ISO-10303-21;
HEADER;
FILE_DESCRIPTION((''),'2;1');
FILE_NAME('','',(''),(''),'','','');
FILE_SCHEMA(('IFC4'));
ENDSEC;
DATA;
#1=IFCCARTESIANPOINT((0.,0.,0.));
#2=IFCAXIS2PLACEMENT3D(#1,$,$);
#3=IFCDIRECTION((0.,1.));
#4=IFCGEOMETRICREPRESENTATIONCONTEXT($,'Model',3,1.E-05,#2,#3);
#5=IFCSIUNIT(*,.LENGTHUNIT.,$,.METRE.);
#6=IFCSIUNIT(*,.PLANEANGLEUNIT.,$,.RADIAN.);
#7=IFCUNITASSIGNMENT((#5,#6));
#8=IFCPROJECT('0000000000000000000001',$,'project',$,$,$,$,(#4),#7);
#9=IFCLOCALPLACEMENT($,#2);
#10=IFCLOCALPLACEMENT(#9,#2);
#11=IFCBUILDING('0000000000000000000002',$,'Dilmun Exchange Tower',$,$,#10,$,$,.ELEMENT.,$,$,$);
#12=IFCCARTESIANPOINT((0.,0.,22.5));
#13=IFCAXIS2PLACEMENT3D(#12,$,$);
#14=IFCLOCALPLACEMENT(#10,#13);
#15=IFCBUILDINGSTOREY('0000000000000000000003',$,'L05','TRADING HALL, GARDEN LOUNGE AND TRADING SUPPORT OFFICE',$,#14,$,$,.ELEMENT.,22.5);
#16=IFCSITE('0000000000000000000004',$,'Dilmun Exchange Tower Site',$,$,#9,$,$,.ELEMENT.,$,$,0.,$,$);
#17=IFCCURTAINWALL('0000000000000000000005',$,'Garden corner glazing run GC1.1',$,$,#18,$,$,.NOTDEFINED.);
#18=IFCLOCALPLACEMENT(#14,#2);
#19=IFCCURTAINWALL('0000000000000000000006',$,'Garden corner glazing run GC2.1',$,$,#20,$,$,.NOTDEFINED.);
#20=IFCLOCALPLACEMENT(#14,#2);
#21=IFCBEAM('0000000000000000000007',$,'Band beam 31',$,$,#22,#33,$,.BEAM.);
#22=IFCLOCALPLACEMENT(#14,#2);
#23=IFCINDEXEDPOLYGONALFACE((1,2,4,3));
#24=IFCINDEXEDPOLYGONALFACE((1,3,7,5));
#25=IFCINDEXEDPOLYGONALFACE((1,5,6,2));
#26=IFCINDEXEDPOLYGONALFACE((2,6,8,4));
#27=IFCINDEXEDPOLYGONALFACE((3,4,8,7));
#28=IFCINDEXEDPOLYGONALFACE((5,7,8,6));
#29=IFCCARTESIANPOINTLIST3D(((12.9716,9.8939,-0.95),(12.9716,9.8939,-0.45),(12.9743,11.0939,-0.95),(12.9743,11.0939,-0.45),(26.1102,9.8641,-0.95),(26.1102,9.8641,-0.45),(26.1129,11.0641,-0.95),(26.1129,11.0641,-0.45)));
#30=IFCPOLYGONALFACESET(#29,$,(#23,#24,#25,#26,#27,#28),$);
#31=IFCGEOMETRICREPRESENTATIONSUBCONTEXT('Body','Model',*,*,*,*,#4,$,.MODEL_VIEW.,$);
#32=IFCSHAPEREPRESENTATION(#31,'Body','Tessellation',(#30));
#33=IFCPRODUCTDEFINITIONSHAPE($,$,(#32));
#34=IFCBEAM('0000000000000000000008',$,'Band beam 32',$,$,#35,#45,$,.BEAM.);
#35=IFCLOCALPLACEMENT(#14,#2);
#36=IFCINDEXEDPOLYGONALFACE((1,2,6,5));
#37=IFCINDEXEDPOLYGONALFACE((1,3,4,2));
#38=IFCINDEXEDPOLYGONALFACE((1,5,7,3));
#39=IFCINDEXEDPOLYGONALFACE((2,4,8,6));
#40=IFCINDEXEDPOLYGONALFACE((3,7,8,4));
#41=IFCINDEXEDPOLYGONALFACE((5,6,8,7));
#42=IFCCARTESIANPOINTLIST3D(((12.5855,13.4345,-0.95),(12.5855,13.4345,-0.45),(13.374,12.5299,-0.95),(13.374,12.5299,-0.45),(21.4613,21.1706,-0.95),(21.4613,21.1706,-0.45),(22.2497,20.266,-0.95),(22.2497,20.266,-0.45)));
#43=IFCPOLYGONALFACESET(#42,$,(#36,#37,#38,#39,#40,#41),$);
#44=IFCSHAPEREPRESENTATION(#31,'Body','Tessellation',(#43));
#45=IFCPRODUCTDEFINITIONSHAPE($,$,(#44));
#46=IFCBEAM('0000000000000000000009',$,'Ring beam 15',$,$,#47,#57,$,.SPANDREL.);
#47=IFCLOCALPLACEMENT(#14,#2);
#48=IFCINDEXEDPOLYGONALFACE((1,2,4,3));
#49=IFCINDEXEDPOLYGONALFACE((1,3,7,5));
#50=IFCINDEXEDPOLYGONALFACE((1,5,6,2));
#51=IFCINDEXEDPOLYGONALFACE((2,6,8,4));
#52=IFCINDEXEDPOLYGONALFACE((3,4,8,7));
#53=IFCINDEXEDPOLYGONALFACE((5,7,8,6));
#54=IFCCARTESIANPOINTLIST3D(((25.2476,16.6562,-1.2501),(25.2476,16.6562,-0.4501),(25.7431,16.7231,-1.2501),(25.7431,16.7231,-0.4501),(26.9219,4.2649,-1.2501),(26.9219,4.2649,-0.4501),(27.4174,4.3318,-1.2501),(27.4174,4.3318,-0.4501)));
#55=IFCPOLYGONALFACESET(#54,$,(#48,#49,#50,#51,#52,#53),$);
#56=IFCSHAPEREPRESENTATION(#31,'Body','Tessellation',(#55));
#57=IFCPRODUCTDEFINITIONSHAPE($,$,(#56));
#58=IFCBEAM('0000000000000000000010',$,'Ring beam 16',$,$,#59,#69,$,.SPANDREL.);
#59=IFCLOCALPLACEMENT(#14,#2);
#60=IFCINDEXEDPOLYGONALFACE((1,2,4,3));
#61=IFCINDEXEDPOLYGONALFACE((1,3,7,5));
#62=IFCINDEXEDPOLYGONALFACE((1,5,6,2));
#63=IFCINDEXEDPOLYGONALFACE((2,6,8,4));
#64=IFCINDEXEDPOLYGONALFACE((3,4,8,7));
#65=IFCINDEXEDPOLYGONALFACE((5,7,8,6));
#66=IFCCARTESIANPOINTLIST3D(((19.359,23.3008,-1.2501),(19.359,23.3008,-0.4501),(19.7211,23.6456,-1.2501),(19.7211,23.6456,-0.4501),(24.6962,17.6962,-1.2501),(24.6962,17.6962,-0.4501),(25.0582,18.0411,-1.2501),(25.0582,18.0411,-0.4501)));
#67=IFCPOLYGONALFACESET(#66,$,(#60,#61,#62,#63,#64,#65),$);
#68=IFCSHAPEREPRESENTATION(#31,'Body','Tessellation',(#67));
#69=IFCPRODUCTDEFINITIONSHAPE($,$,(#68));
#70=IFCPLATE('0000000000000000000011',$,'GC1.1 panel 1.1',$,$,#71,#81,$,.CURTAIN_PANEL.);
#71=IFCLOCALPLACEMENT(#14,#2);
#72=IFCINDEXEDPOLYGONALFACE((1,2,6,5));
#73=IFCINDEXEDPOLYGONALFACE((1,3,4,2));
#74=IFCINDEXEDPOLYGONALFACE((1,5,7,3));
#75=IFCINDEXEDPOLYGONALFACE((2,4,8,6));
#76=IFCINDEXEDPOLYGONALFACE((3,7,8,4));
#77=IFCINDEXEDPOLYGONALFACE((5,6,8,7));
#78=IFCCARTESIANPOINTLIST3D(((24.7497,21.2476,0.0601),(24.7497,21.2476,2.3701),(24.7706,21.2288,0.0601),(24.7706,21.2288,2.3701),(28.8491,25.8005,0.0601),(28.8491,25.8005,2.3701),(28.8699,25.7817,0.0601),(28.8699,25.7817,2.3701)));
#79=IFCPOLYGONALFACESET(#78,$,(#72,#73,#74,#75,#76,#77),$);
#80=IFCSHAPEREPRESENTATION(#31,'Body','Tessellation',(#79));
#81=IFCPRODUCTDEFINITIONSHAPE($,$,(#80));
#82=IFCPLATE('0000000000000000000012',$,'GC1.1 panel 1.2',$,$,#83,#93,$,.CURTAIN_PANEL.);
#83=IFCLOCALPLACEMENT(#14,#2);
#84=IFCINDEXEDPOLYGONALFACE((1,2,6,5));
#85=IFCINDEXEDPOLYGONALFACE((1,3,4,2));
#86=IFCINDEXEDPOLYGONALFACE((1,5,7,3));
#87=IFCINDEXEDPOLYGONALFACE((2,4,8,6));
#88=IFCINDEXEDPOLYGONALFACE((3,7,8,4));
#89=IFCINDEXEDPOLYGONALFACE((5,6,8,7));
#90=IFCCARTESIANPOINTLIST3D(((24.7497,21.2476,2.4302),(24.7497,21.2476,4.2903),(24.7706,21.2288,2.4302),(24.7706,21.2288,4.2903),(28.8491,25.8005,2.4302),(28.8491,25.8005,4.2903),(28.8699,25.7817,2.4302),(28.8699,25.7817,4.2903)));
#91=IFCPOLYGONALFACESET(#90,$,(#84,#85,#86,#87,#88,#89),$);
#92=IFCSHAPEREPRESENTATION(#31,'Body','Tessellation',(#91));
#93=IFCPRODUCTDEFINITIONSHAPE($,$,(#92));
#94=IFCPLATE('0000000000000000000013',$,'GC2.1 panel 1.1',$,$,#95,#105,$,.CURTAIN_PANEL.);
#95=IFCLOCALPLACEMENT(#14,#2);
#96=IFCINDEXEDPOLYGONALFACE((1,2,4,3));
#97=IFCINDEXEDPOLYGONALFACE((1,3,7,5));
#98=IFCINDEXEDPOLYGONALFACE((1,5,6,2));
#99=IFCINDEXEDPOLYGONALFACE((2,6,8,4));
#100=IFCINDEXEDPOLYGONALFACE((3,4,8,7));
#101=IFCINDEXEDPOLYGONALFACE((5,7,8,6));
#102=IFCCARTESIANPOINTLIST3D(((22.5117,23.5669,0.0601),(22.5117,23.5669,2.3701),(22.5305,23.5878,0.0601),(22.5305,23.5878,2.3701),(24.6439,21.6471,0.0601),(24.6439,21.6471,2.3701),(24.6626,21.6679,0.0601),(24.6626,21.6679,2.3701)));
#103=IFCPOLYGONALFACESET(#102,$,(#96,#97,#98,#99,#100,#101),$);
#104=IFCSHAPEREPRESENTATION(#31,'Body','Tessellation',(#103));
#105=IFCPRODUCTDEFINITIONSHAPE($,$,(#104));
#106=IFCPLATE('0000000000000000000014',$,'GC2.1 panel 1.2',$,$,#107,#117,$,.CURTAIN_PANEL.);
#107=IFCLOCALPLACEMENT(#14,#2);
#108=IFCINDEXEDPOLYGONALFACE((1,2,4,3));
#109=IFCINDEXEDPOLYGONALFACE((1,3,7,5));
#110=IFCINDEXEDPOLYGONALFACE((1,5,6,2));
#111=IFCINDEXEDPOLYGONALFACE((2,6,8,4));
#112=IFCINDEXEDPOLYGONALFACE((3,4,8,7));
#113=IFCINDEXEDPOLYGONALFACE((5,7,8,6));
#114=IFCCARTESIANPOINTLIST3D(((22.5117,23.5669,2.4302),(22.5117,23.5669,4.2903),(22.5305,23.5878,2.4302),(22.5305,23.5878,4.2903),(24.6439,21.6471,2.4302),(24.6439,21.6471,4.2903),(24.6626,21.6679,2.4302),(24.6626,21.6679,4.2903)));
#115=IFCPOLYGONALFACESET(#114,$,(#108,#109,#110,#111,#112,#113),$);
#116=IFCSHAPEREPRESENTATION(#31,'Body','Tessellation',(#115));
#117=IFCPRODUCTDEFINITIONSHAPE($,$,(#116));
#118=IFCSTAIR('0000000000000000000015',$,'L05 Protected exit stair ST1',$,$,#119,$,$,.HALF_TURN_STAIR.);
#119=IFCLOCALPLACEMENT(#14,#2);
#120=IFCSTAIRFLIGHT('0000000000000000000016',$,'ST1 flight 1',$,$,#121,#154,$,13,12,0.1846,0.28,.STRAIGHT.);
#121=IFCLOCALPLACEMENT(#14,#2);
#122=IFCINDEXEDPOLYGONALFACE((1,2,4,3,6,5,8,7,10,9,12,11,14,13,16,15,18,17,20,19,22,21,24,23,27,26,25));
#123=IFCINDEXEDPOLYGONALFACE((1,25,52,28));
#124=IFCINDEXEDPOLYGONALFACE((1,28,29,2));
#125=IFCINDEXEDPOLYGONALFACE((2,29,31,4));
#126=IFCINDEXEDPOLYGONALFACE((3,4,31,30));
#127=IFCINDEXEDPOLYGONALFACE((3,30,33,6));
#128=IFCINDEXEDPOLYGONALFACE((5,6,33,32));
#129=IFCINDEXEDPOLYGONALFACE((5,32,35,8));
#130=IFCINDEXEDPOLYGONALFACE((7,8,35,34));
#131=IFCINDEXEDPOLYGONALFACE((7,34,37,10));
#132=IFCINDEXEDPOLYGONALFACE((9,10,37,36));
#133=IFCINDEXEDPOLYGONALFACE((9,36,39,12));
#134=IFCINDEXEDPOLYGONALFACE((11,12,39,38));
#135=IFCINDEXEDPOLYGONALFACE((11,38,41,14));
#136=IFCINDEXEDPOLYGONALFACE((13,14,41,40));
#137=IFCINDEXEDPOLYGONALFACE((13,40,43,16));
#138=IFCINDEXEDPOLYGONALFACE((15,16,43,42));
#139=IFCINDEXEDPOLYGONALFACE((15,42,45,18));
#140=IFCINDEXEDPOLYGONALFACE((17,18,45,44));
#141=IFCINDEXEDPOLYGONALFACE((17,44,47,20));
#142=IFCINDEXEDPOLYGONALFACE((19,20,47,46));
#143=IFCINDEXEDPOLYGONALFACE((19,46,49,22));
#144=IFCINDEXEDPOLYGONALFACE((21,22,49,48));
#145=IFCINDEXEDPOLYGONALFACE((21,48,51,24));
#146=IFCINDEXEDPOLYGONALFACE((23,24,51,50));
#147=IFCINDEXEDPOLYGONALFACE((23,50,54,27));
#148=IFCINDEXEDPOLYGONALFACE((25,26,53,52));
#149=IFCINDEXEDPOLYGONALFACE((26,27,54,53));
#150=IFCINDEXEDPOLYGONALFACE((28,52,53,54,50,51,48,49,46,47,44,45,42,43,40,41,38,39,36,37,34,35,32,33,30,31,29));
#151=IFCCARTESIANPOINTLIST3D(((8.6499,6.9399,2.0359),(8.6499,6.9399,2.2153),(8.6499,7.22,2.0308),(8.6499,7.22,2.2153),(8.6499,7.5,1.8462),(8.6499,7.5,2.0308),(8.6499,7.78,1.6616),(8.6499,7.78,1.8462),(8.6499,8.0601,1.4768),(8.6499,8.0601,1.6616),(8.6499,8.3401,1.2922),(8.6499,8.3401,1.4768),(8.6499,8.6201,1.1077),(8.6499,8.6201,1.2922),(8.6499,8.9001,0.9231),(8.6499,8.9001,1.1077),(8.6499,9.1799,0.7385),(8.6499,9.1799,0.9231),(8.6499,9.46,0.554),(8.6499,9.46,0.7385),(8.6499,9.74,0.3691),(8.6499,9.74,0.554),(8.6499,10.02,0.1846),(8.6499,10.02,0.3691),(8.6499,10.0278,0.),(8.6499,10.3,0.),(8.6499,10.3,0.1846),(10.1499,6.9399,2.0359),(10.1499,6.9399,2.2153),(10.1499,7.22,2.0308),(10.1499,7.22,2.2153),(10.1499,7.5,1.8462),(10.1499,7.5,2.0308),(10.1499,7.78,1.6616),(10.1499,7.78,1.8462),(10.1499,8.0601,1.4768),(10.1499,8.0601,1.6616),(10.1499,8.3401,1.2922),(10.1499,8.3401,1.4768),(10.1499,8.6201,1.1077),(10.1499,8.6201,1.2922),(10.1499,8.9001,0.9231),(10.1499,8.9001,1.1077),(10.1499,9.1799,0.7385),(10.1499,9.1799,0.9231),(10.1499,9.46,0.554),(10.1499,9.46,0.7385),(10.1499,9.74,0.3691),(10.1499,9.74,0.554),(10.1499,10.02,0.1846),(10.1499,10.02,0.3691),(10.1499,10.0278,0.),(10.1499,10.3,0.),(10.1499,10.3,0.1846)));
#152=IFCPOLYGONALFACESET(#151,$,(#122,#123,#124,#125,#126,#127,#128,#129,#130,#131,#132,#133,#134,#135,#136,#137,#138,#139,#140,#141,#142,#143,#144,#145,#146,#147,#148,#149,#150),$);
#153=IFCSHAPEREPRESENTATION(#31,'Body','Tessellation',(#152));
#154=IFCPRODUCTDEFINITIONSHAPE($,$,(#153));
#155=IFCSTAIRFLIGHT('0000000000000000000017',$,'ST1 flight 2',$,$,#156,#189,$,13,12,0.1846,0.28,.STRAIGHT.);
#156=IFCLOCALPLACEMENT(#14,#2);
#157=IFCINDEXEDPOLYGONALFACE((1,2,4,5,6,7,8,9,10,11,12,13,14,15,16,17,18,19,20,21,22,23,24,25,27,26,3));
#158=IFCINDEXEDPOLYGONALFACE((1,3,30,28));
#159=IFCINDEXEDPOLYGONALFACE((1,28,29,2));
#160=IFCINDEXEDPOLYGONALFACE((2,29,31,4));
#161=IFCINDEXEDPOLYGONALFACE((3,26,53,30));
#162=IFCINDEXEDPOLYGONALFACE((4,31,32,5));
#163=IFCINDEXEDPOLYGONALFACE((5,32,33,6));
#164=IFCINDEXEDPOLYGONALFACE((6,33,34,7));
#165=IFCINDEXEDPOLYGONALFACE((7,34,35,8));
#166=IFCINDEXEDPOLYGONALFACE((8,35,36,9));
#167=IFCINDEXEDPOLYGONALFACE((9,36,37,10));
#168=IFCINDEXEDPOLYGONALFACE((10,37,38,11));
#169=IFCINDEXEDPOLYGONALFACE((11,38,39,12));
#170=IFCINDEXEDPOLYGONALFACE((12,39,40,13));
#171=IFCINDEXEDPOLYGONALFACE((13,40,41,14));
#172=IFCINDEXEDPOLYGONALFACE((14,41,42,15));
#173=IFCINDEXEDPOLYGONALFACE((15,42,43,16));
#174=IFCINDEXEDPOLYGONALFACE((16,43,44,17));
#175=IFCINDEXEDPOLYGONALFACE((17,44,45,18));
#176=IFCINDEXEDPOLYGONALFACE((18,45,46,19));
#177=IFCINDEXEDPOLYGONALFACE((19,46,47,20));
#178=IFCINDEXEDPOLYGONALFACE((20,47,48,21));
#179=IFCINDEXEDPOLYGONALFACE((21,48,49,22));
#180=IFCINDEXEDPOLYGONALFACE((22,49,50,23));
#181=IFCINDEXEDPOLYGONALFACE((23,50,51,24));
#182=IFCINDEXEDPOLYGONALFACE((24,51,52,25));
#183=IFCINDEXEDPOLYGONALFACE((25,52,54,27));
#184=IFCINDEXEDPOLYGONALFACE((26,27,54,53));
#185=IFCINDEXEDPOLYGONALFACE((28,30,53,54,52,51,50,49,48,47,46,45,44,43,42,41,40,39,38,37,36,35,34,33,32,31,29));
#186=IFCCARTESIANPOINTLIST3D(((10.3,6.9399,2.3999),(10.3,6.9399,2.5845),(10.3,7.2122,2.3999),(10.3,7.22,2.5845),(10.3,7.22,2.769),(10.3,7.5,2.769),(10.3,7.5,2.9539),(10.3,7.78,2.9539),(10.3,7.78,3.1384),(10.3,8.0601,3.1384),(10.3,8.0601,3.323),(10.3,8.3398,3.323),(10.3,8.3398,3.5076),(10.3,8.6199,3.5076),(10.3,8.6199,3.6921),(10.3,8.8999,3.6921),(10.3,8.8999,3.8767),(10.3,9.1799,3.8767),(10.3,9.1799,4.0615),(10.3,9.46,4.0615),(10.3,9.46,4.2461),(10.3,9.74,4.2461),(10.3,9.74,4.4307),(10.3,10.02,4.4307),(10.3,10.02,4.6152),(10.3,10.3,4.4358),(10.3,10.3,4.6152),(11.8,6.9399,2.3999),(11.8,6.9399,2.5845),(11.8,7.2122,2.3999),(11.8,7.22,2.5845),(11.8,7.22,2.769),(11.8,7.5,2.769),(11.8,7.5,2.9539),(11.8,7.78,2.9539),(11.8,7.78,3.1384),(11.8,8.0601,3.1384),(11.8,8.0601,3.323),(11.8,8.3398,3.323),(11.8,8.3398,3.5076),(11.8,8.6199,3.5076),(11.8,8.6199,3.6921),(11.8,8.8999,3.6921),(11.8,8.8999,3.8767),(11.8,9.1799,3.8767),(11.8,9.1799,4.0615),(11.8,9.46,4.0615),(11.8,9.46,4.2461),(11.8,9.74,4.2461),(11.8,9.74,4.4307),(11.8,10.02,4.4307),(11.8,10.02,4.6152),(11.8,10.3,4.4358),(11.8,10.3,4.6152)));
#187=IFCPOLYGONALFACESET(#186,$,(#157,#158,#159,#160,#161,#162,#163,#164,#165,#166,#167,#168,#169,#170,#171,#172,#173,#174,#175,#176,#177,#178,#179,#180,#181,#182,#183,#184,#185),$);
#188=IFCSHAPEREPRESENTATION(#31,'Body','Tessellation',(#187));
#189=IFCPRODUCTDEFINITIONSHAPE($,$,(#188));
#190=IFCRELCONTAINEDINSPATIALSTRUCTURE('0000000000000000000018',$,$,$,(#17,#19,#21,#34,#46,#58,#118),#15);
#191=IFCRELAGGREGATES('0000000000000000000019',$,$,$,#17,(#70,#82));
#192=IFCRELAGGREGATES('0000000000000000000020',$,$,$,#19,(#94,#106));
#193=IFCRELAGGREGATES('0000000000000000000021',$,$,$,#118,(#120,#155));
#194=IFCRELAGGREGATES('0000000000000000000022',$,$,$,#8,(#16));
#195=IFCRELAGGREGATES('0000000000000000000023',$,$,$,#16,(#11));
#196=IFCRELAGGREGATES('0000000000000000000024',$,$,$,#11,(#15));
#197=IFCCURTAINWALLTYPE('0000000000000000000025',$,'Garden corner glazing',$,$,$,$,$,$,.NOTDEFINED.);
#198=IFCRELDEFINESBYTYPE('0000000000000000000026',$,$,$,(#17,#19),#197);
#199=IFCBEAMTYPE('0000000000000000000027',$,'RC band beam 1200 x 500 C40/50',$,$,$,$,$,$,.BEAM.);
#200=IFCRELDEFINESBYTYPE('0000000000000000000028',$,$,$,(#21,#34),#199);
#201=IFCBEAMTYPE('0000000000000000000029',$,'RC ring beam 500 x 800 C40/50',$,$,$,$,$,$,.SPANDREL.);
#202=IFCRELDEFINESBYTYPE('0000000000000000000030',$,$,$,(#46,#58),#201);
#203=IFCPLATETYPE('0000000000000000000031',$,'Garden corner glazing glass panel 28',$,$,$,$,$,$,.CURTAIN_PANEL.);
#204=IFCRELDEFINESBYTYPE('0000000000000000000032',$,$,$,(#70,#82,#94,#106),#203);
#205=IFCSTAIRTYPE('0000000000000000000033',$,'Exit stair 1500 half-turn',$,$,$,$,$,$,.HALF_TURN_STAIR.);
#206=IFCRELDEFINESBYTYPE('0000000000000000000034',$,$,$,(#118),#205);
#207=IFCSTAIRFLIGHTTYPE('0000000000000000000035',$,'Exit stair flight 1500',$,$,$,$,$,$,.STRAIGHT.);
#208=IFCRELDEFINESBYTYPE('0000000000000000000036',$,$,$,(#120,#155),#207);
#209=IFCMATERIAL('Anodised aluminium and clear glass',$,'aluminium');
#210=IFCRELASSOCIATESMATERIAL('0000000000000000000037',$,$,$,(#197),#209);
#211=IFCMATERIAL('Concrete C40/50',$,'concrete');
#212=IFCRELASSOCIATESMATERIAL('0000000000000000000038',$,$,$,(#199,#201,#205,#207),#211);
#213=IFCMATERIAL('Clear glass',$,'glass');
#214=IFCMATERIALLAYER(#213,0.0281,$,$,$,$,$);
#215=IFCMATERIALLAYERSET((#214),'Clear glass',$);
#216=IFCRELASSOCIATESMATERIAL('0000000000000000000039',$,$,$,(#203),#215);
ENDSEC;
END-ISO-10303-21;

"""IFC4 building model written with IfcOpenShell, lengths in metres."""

from ifc_helpers import new_model, si_unit, direction, frame, origin, origin_2d, place, context, subcontext, project, spatial, polyline, rectangle, outline, extrude, material, layer, layer_set, material_profile, profile_set, type_object, element, aggregate, save


model = new_model("IFC4")

# Units and contexts
model_context = context("Model", 3, precision=1e-05, world=origin(), true_north=direction((0.0, 1.0)))
body_context = subcontext(model_context, "Body", "Model", "MODEL_VIEW")
ifc_project = project(units=[si_unit("LENGTHUNIT", "METRE"), si_unit("PLANEANGLEUNIT", "RADIAN")], contexts=[model_context])

# Site, building, storey
site_placement = place(None, origin())
site = spatial("IfcSite", under=ifc_project, at=site_placement, Name="Dilmun Exchange Tower Site", CompositionType="ELEMENT", RefElevation=0.0)
building_placement = place(site_placement, origin())
building = spatial("IfcBuilding", under=site, at=building_placement, Name="Dilmun Exchange Tower", CompositionType="ELEMENT")
storey_placement = place(building_placement, frame((0.0, 0.0, 22.5)))
storey = spatial("IfcBuildingStorey", under=building, at=storey_placement, Name="L05", Description="TRADING HALL, GARDEN LOUNGE AND TRADING SUPPORT OFFICE", CompositionType="ELEMENT", Elevation=22.5)

# Curtain wall
ifc_material_1 = material(Name="Anodised aluminium and clear glass", Category="aluminium")
curtain_wall_type = type_object("IfcCurtainWallType", Name="Garden corner glazing", PredefinedType="NOTDEFINED", material=ifc_material_1)
curtain_wall_1_placement = place(storey_placement, origin())
curtain_wall_1 = element("IfcCurtainWall", 1, at=curtain_wall_1_placement, inside=storey, type_object=curtain_wall_type, Name="Garden corner glazing run GC1.1", PredefinedType="NOTDEFINED")

# Curtain wall
curtain_wall_2_placement = place(storey_placement, origin())
curtain_wall_2 = element("IfcCurtainWall", 2, at=curtain_wall_2_placement, inside=storey, type_object=curtain_wall_type, Name="Garden corner glazing run GC2.1", PredefinedType="NOTDEFINED")

# Beams
ifc_material_2 = material(Name="Concrete C40/50", Category="concrete")
ifc_material_profile_1 = material_profile(ifc_material_2, rectangle(XDim=1.2, YDim=0.5, at=origin_2d()), Name="1200 x 500")
ifc_profile_set_1 = profile_set([ifc_material_profile_1], Name="Concrete C40/50")
beam_type_1 = type_object("IfcBeamType", Name="RC band beam 1200 x 500 C40/50", PredefinedType="BEAM", material=ifc_profile_set_1)
beam_1_placement = place(storey_placement, frame((26.1116, 10.4641, -0.7), z_axis=(-0.999997, 0.002267, 0.0), x_axis=(-0.002267, -0.999997, 0.0)))
element("IfcBeam", 3, at=beam_1_placement, inside=storey, type_object=beam_type_1, Name="Band beam 31", PredefinedType="BEAM", context=body_context, shape_type="SweptSolid", body=[
    extrude(rectangle(XDim=1.2, YDim=0.5, at=origin_2d()), origin(), (0.0, 0.0, 1.0), 13.1387),
])
beam_2_placement = place(storey_placement, frame((21.8555, 20.7183, -0.7), z_axis=(-0.753846, -0.657052, 0.0), x_axis=(0.657052, -0.753846, 0.0)))
element("IfcBeam", 4, at=beam_2_placement, inside=storey, type_object=beam_type_1, Name="Band beam 32", PredefinedType="BEAM", context=body_context, shape_type="SweptSolid", body=[
    extrude(rectangle(XDim=1.2, YDim=0.5, at=origin_2d()), origin(), (0.0, 0.0, 1.0), 11.7739),
])
ifc_material_profile_2 = material_profile(ifc_material_2, rectangle(XDim=0.5, YDim=0.8, at=origin_2d()), Name="500 x 800")
ifc_profile_set_2 = profile_set([ifc_material_profile_2], Name="Concrete C40/50")
beam_type_2 = type_object("IfcBeamType", Name="RC ring beam 500 x 800 C40/50", PredefinedType="SPANDREL", material=ifc_profile_set_2)
beam_3_placement = place(storey_placement, frame((27.1697, 4.2983, -0.8501), z_axis=(-0.133903, 0.990994, 0.0), x_axis=(-0.990994, -0.133903, 0.0)))
element("IfcBeam", 5, at=beam_3_placement, inside=storey, type_object=beam_type_2, Name="Ring beam 15", PredefinedType="SPANDREL", context=body_context, shape_type="SweptSolid", body=[
    extrude(rectangle(XDim=0.5, YDim=0.8, at=origin_2d()), origin(), (0.0, 0.0, 1.0), 12.5039),
])
beam_4_placement = place(storey_placement, frame((24.8772, 17.8687, -0.8501), z_axis=(-0.689624, 0.724167, 0.0), x_axis=(-0.724167, -0.689624, 0.0)))
element("IfcBeam", 6, at=beam_4_placement, inside=storey, type_object=beam_type_2, Name="Ring beam 16", PredefinedType="SPANDREL", context=body_context, shape_type="SweptSolid", body=[
    extrude(rectangle(XDim=0.5, YDim=0.8, at=origin_2d()), origin(), (0.0, 0.0, 1.0), 7.7393),
])

# Plates
ifc_material_3 = material(Name="Clear glass", Category="glass")
ifc_layer_1 = layer(ifc_material_3, 0.0281)
ifc_layer_set_1 = layer_set([ifc_layer_1], Name="Clear glass")
plate_type = type_object("IfcPlateType", Name="Garden corner glazing glass panel 28", PredefinedType="CURTAIN_PANEL", material=ifc_layer_set_1)
plate_1_placement = place(storey_placement, frame((26.8098, 23.5146, 0.0601), z_axis=(0.0, 0.0, 1.0), x_axis=(-0.669125, -0.74315, 0.0)))
plate_1 = element("IfcPlate", 7, at=plate_1_placement, type_object=plate_type, Name="GC1.1 panel 1.1", PredefinedType="CURTAIN_PANEL", context=body_context, shape_type="SweptSolid", body=[
    extrude(rectangle(XDim=6.1265, YDim=0.0281, at=origin_2d()), origin(), (0.0, 0.0, 1.0), 2.3101),
])
plate_2_placement = place(storey_placement, frame((26.8098, 23.5146, 2.4302), z_axis=(0.0, 0.0, 1.0), x_axis=(-0.669125, -0.74315, 0.0)))
plate_2 = element("IfcPlate", 8, at=plate_2_placement, type_object=plate_type, Name="GC1.1 panel 1.2", PredefinedType="CURTAIN_PANEL", context=body_context, shape_type="SweptSolid", body=[
    extrude(rectangle(XDim=6.1265, YDim=0.0281, at=origin_2d()), origin(), (0.0, 0.0, 1.0), 1.8601),
])
aggregate(curtain_wall_1, [plate_1, plate_2])
plate_3_placement = place(storey_placement, frame((23.5872, 22.6174, 0.0601), z_axis=(0.0, 0.0, 1.0), x_axis=(-0.743139, 0.669137, 0.0)))
plate_3 = element("IfcPlate", 9, at=plate_3_placement, type_object=plate_type, Name="GC2.1 panel 1.1", PredefinedType="CURTAIN_PANEL", context=body_context, shape_type="SweptSolid", body=[
    extrude(rectangle(XDim=2.8691, YDim=0.0281, at=origin_2d()), origin(), (0.0, 0.0, 1.0), 2.3101),
])
plate_4_placement = place(storey_placement, frame((23.5872, 22.6174, 2.4302), z_axis=(0.0, 0.0, 1.0), x_axis=(-0.743139, 0.669137, 0.0)))
plate_4 = element("IfcPlate", 10, at=plate_4_placement, type_object=plate_type, Name="GC2.1 panel 1.2", PredefinedType="CURTAIN_PANEL", context=body_context, shape_type="SweptSolid", body=[
    extrude(rectangle(XDim=2.8691, YDim=0.0281, at=origin_2d()), origin(), (0.0, 0.0, 1.0), 1.8601),
])
aggregate(curtain_wall_2, [plate_3, plate_4])

# Stair, stair flights
stair_type = type_object("IfcStairType", Name="Exit stair 1500 half-turn", PredefinedType="HALF_TURN_STAIR", material=ifc_material_2)
stair_placement = place(storey_placement, origin())
stair = element("IfcStair", 11, at=stair_placement, inside=storey, type_object=stair_type, Name="L05 Protected exit stair ST1", PredefinedType="HALF_TURN_STAIR")
stair_flight_type = type_object("IfcStairFlightType", Name="Exit stair flight 1500", PredefinedType="STRAIGHT", material=ifc_material_2)
stair_flight_1_placement = place(storey_placement, frame((9.3999, 10.3, 0.0), z_axis=(0.0, 0.0, 1.0), x_axis=(0.0, -1.0, 0.0)))
stair_flight_1 = element("IfcStairFlight", 12, at=stair_flight_1_placement, type_object=stair_flight_type, Name="ST1 flight 1", NumberOfRisers=13, NumberOfTreads=12, PredefinedType="STRAIGHT", RiserHeight=0.1846, TreadLength=0.28, context=body_context, shape_type="SweptSolid", body=[
    extrude(outline(polyline([(0.0, 0.0), (0.0, 0.1846), (0.28, 0.1846), (0.28, 0.3691), (0.5601, 0.3691), (0.5601, 0.554), (0.8401, 0.554), (0.8401, 0.7385), (1.1201, 0.7385), (1.1201, 0.9231), (1.3999, 0.9231), (1.3999, 1.1077), (1.6799, 1.1077), (1.6799, 1.2922), (1.96, 1.2922), (1.96, 1.4768), (2.24, 1.4768), (2.24, 1.6616), (2.52, 1.6616), (2.52, 1.8462), (2.8, 1.8462), (2.8, 2.0308), (3.0801, 2.0308), (3.0801, 2.2153), (3.3601, 2.2153), (3.3601, 2.3999), (3.3601, 2.0359), (0.2722, 0.0), (0.0, 0.0)])), frame((0.0, 0.75, 0.0), z_axis=(0.0, -1.0, 0.0), x_axis=(1.0, 0.0, 0.0)), (0.0, 0.0, 1.0), 1.5),
])
stair_flight_2_placement = place(storey_placement, frame((11.05, 6.9399, 2.3999), z_axis=(0.0, 0.0, 1.0), x_axis=(0.0, 1.0, 0.0)))
stair_flight_2 = element("IfcStairFlight", 13, at=stair_flight_2_placement, type_object=stair_flight_type, Name="ST1 flight 2", NumberOfRisers=13, NumberOfTreads=12, PredefinedType="STRAIGHT", RiserHeight=0.1846, TreadLength=0.28, context=body_context, shape_type="SweptSolid", body=[
    extrude(outline(polyline([(0.0, 0.0), (0.0, 0.1846), (0.28, 0.1846), (0.28, 0.3691), (0.5601, 0.3691), (0.5601, 0.554), (0.8401, 0.554), (0.8401, 0.7385), (1.1201, 0.7385), (1.1201, 0.9231), (1.3999, 0.9231), (1.3999, 1.1077), (1.6799, 1.1077), (1.6799, 1.2922), (1.96, 1.2922), (1.96, 1.4768), (2.24, 1.4768), (2.24, 1.6616), (2.52, 1.6616), (2.52, 1.8462), (2.8, 1.8462), (2.8, 2.0308), (3.0801, 2.0308), (3.0801, 2.2153), (3.3601, 2.2153), (3.3601, 2.3999), (3.3601, 2.0359), (0.2722, 0.0), (0.0, 0.0)])), frame((0.0, 0.75, 0.0), z_axis=(0.0, -1.0, 0.0), x_axis=(1.0, 0.0, 0.0)), (0.0, 0.0, 1.0), 1.5),
])
aggregate(stair, [stair_flight_1, stair_flight_2])

save(model, "model.ifc")
